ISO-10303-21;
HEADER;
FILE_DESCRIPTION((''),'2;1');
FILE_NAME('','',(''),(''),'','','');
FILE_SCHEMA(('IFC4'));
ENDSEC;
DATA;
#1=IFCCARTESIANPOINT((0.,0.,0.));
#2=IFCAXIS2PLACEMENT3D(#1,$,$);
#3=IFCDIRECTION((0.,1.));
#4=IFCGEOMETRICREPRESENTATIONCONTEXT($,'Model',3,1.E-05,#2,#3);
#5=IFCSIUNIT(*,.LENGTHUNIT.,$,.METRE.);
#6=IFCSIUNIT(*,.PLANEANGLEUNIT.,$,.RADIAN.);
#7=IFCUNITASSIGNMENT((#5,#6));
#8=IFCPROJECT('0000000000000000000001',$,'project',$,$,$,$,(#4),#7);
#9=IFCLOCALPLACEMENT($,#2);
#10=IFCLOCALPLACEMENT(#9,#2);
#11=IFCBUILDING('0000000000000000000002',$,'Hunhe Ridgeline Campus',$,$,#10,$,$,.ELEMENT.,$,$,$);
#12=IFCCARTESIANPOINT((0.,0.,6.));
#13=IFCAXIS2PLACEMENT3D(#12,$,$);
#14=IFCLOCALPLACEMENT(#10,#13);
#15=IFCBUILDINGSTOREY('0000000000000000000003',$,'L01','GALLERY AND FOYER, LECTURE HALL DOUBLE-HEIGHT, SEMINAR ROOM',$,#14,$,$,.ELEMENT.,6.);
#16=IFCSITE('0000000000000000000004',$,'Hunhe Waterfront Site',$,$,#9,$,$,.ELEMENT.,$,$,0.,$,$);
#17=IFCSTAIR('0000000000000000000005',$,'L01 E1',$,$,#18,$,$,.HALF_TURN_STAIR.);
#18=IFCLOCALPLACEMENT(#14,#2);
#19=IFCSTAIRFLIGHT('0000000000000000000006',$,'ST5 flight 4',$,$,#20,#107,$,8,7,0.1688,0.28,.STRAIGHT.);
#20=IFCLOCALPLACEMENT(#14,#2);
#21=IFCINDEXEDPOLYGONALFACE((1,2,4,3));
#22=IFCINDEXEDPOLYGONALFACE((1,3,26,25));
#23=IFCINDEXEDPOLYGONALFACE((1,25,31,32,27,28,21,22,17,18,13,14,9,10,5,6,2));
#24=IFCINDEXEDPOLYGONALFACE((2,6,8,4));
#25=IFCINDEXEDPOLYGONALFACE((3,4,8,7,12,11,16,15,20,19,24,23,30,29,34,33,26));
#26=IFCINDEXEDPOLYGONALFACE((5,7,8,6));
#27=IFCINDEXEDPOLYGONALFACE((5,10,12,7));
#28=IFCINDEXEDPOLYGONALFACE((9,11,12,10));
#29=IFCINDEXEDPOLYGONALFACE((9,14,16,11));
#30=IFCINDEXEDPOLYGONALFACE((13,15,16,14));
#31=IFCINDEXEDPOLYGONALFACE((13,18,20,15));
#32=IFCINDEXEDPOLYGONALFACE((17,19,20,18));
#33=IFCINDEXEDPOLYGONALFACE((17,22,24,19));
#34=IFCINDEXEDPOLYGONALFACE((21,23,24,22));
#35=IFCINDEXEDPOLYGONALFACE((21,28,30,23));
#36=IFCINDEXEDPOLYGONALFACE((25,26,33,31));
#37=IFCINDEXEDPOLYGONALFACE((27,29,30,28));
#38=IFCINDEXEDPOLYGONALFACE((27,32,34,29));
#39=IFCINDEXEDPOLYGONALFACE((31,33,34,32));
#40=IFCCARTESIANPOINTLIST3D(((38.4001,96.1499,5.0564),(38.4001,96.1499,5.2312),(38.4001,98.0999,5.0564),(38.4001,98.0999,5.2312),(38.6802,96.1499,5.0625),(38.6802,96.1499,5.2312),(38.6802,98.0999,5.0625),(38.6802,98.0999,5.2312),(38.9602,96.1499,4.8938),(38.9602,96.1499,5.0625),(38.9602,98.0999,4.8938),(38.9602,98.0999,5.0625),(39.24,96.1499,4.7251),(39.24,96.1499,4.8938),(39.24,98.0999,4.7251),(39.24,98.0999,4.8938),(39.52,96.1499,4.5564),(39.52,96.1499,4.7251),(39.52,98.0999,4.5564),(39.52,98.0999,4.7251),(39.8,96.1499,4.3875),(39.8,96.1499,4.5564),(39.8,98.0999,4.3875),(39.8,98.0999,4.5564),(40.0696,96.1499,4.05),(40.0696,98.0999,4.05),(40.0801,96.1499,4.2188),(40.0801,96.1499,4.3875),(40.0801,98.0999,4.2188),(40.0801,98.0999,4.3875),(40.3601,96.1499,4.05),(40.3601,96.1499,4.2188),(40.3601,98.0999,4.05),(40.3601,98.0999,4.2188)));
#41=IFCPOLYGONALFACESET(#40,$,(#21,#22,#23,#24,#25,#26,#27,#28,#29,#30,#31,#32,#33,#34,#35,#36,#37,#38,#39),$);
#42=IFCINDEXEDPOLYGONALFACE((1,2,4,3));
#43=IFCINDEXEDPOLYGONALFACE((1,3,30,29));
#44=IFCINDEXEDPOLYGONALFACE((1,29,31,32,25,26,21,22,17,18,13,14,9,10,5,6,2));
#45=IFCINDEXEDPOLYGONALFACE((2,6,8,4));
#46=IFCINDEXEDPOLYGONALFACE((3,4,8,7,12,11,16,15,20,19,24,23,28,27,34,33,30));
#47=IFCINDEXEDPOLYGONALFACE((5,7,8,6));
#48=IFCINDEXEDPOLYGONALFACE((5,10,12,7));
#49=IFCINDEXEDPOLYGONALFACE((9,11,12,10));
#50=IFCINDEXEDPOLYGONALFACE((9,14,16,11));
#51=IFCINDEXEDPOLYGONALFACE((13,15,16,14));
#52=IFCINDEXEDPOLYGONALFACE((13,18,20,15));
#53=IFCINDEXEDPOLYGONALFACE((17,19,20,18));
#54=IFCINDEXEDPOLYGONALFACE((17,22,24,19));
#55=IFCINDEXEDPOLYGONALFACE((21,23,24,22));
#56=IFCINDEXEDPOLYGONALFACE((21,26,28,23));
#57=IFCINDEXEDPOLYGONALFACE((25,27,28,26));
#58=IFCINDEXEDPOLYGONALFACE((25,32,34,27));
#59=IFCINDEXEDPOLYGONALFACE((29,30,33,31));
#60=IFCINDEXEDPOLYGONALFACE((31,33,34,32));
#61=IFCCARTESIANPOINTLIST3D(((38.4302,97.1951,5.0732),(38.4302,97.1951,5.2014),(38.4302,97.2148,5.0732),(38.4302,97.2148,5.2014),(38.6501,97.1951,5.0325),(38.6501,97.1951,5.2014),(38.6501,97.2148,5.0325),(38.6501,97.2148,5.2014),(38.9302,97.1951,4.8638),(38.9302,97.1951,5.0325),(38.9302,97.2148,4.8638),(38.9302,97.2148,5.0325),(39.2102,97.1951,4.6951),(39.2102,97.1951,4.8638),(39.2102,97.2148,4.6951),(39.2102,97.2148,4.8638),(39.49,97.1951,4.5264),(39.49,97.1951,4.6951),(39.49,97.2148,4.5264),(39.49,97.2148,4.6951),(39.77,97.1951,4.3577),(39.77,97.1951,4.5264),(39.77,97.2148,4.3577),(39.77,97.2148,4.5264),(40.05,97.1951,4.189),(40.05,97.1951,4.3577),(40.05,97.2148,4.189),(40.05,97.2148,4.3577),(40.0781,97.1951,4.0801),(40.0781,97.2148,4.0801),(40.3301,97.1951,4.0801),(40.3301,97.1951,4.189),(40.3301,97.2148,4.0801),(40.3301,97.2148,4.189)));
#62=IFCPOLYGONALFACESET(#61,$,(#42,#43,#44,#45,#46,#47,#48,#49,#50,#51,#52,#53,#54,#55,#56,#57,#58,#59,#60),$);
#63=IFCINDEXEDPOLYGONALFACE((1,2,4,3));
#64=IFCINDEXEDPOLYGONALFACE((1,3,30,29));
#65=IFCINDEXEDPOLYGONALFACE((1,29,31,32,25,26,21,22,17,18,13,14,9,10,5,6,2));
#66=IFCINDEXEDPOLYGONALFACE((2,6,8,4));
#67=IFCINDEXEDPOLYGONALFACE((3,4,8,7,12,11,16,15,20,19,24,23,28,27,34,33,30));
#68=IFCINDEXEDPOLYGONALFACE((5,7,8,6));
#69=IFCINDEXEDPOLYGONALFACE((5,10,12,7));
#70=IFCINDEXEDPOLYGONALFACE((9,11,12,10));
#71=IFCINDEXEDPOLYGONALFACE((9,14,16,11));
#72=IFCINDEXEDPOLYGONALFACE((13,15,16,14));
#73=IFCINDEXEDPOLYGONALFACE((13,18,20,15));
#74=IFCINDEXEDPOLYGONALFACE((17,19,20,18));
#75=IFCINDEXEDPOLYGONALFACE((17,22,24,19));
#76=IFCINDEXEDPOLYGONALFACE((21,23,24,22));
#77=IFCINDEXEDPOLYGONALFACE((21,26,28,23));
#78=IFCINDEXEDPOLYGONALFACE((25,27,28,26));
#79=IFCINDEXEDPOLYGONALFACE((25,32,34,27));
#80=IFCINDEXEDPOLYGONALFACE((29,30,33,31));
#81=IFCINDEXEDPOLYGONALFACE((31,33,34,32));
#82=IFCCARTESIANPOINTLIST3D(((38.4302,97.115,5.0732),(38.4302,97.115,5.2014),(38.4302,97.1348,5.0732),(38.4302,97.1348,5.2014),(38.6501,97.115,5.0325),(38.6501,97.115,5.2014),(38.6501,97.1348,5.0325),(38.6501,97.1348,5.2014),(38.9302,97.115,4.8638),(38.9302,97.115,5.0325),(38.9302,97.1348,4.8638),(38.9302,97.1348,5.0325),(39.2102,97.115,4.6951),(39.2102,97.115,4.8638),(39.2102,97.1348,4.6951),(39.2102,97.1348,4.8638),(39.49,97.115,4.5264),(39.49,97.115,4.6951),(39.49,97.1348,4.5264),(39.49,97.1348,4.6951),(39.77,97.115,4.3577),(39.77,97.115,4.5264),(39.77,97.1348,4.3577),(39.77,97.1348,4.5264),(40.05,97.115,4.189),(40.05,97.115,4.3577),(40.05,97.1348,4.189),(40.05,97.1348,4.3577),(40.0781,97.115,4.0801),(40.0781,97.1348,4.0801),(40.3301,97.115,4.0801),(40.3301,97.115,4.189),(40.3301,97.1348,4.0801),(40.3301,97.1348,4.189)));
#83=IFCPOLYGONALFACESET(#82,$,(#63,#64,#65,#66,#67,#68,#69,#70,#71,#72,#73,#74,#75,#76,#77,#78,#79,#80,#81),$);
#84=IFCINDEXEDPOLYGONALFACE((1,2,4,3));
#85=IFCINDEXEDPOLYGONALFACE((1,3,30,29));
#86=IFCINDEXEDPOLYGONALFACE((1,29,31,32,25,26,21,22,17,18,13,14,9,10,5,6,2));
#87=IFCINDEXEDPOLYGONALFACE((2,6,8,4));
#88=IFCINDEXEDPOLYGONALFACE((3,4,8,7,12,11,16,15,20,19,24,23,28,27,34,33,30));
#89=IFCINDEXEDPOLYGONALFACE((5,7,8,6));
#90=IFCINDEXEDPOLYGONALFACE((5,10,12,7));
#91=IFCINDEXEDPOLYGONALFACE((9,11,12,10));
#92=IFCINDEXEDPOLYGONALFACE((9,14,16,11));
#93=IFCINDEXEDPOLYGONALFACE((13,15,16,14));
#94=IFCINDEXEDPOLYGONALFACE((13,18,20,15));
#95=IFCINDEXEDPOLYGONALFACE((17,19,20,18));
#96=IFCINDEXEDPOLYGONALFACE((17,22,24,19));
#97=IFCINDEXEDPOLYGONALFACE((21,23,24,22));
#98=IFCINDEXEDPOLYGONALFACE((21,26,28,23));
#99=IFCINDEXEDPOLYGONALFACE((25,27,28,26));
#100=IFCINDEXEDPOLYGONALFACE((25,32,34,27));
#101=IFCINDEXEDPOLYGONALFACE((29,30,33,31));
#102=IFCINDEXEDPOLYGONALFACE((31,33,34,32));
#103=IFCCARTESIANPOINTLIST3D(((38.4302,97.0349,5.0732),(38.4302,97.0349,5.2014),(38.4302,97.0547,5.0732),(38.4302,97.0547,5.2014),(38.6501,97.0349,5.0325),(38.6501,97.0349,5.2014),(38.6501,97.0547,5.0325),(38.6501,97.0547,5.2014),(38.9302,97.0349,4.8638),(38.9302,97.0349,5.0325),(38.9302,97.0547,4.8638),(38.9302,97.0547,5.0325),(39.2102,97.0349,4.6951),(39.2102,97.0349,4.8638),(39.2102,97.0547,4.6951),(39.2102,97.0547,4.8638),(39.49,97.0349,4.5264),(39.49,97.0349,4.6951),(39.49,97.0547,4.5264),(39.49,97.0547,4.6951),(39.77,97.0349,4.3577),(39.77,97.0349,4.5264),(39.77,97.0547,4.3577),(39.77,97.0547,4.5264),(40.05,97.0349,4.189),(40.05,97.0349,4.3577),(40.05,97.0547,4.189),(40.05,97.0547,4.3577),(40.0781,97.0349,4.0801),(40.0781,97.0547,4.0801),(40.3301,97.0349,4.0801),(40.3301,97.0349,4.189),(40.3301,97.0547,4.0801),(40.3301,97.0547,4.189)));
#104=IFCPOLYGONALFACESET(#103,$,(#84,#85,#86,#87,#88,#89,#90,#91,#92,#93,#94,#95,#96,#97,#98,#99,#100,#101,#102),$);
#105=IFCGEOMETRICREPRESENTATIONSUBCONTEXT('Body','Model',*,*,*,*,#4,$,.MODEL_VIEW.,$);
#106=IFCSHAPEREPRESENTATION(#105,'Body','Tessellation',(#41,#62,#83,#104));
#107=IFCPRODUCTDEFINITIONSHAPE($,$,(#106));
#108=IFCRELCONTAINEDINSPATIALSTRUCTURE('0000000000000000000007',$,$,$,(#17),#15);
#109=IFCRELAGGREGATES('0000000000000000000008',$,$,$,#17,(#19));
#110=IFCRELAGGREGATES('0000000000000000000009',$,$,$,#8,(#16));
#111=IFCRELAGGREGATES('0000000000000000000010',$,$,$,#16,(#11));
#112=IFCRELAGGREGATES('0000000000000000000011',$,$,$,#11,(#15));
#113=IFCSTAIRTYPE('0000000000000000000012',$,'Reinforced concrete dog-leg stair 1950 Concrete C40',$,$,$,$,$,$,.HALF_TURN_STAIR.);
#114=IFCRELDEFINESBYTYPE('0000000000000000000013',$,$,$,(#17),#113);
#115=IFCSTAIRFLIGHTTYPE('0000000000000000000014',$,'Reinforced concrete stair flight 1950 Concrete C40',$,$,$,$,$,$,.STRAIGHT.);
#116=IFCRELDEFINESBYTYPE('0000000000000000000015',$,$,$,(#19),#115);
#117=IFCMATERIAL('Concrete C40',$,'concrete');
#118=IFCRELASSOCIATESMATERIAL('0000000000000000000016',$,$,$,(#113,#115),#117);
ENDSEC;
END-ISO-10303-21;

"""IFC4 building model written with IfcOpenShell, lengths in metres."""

from ifc_helpers import new_model, si_unit, direction, frame, origin, place, context, subcontext, project, spatial, polyline, outline, extrude, material, type_object, element, aggregate, save


model = new_model("IFC4")

# Units and contexts
model_context = context("Model", 3, precision=1e-05, world=origin(), true_north=direction((0.0, 1.0)))
body_context = subcontext(model_context, "Body", "Model", "MODEL_VIEW")
ifc_project = project(units=[si_unit("LENGTHUNIT", "METRE"), si_unit("PLANEANGLEUNIT", "RADIAN")], contexts=[model_context])

# Site, building, storey
site_placement = place(None, origin())
site = spatial("IfcSite", under=ifc_project, at=site_placement, Name="Hunhe Waterfront Site", CompositionType="ELEMENT", RefElevation=0.0)
building_placement = place(site_placement, origin())
building = spatial("IfcBuilding", under=site, at=building_placement, Name="Hunhe Ridgeline Campus", CompositionType="ELEMENT")
storey_placement = place(building_placement, frame((0.0, 0.0, 6.0)))
storey = spatial("IfcBuildingStorey", under=building, at=storey_placement, Name="L01", Description="GALLERY AND FOYER, LECTURE HALL DOUBLE-HEIGHT, SEMINAR ROOM", CompositionType="ELEMENT", Elevation=6.0)

# Stair, stair flight
ifc_material_1 = material(Name="Concrete C40", Category="concrete")
stair_type = type_object("IfcStairType", Name="Reinforced concrete dog-leg stair 1950 Concrete C40", PredefinedType="HALF_TURN_STAIR", material=ifc_material_1)
stair_placement = place(storey_placement, origin())
stair = element("IfcStair", 1, at=stair_placement, inside=storey, type_object=stair_type, Name="L01 E1", PredefinedType="HALF_TURN_STAIR")
stair_flight_type = type_object("IfcStairFlightType", Name="Reinforced concrete stair flight 1950 Concrete C40", PredefinedType="STRAIGHT", material=ifc_material_1)
stair_flight_1_placement = place(storey_placement, frame((40.3601, 97.125, 4.05), z_axis=(0.0, 0.0, 1.0), x_axis=(-1.0, 0.0, 0.0)))
stair_flight_1 = element("IfcStairFlight", 2, at=stair_flight_1_placement, type_object=stair_flight_type, Name="ST5 flight 4", NumberOfRisers=8, NumberOfTreads=7, PredefinedType="STRAIGHT", RiserHeight=0.1688, TreadLength=0.28, context=body_context, shape_type="SweptSolid", body=[
    extrude(outline(polyline([(0.0, 0.0), (0.0, 0.1687), (0.28, 0.1687), (0.28, 0.3374), (0.5601, 0.3374), (0.5601, 0.5063), (0.8401, 0.5063), (0.8401, 0.675), (1.1201, 0.675), (1.1201, 0.8438), (1.3999, 0.8438), (1.3999, 1.0125), (1.6799, 1.0125), (1.6799, 1.1812), (1.96, 1.1812), (1.96, 1.3501), (1.96, 1.0063), (0.2905, 0.0), (0.0, 0.0)])), frame((0.0, 0.9751, 0.0), z_axis=(0.0, -1.0, 0.0), x_axis=(1.0, 0.0, 0.0)), (0.0, 0.0, 1.0), 1.95),
    extrude(outline(polyline([(0.03, 0.03), (0.03, 0.1389), (0.3101, 0.1389), (0.3101, 0.3076), (0.5901, 0.3076), (0.5901, 0.4763), (0.8701, 0.4763), (0.8701, 0.645), (1.1499, 0.645), (1.1499, 0.8137), (1.4299, 0.8137), (1.4299, 0.9824), (1.71, 0.9824), (1.71, 1.1514), (1.9299, 1.1514), (1.9299, 1.0232), (0.282, 0.03), (0.03, 0.03)])), frame((0.0, -0.0701, 0.0), z_axis=(0.0, -1.0, 0.0), x_axis=(1.0, 0.0, 0.0)), (0.0, 0.0, 1.0), 0.0198),
    extrude(outline(polyline([(0.03, 0.03), (0.03, 0.1389), (0.3101, 0.1389), (0.3101, 0.3076), (0.5901, 0.3076), (0.5901, 0.4763), (0.8701, 0.4763), (0.8701, 0.645), (1.1499, 0.645), (1.1499, 0.8137), (1.4299, 0.8137), (1.4299, 0.9824), (1.71, 0.9824), (1.71, 1.1514), (1.9299, 1.1514), (1.9299, 1.0232), (0.282, 0.03), (0.03, 0.03)])), frame((0.0, 0.01, 0.0), z_axis=(0.0, -1.0, 0.0), x_axis=(1.0, 0.0, 0.0)), (0.0, 0.0, 1.0), 0.0198),
    extrude(outline(polyline([(0.03, 0.03), (0.03, 0.1389), (0.3101, 0.1389), (0.3101, 0.3076), (0.5901, 0.3076), (0.5901, 0.4763), (0.8701, 0.4763), (0.8701, 0.645), (1.1499, 0.645), (1.1499, 0.8137), (1.4299, 0.8137), (1.4299, 0.9824), (1.71, 0.9824), (1.71, 1.1514), (1.9299, 1.1514), (1.9299, 1.0232), (0.282, 0.03), (0.03, 0.03)])), frame((0.0, 0.0901, 0.0), z_axis=(0.0, -1.0, 0.0), x_axis=(1.0, 0.0, 0.0)), (0.0, 0.0, 1.0), 0.0198),
])
aggregate(stair, [stair_flight_1])

save(model, "model.ifc")
